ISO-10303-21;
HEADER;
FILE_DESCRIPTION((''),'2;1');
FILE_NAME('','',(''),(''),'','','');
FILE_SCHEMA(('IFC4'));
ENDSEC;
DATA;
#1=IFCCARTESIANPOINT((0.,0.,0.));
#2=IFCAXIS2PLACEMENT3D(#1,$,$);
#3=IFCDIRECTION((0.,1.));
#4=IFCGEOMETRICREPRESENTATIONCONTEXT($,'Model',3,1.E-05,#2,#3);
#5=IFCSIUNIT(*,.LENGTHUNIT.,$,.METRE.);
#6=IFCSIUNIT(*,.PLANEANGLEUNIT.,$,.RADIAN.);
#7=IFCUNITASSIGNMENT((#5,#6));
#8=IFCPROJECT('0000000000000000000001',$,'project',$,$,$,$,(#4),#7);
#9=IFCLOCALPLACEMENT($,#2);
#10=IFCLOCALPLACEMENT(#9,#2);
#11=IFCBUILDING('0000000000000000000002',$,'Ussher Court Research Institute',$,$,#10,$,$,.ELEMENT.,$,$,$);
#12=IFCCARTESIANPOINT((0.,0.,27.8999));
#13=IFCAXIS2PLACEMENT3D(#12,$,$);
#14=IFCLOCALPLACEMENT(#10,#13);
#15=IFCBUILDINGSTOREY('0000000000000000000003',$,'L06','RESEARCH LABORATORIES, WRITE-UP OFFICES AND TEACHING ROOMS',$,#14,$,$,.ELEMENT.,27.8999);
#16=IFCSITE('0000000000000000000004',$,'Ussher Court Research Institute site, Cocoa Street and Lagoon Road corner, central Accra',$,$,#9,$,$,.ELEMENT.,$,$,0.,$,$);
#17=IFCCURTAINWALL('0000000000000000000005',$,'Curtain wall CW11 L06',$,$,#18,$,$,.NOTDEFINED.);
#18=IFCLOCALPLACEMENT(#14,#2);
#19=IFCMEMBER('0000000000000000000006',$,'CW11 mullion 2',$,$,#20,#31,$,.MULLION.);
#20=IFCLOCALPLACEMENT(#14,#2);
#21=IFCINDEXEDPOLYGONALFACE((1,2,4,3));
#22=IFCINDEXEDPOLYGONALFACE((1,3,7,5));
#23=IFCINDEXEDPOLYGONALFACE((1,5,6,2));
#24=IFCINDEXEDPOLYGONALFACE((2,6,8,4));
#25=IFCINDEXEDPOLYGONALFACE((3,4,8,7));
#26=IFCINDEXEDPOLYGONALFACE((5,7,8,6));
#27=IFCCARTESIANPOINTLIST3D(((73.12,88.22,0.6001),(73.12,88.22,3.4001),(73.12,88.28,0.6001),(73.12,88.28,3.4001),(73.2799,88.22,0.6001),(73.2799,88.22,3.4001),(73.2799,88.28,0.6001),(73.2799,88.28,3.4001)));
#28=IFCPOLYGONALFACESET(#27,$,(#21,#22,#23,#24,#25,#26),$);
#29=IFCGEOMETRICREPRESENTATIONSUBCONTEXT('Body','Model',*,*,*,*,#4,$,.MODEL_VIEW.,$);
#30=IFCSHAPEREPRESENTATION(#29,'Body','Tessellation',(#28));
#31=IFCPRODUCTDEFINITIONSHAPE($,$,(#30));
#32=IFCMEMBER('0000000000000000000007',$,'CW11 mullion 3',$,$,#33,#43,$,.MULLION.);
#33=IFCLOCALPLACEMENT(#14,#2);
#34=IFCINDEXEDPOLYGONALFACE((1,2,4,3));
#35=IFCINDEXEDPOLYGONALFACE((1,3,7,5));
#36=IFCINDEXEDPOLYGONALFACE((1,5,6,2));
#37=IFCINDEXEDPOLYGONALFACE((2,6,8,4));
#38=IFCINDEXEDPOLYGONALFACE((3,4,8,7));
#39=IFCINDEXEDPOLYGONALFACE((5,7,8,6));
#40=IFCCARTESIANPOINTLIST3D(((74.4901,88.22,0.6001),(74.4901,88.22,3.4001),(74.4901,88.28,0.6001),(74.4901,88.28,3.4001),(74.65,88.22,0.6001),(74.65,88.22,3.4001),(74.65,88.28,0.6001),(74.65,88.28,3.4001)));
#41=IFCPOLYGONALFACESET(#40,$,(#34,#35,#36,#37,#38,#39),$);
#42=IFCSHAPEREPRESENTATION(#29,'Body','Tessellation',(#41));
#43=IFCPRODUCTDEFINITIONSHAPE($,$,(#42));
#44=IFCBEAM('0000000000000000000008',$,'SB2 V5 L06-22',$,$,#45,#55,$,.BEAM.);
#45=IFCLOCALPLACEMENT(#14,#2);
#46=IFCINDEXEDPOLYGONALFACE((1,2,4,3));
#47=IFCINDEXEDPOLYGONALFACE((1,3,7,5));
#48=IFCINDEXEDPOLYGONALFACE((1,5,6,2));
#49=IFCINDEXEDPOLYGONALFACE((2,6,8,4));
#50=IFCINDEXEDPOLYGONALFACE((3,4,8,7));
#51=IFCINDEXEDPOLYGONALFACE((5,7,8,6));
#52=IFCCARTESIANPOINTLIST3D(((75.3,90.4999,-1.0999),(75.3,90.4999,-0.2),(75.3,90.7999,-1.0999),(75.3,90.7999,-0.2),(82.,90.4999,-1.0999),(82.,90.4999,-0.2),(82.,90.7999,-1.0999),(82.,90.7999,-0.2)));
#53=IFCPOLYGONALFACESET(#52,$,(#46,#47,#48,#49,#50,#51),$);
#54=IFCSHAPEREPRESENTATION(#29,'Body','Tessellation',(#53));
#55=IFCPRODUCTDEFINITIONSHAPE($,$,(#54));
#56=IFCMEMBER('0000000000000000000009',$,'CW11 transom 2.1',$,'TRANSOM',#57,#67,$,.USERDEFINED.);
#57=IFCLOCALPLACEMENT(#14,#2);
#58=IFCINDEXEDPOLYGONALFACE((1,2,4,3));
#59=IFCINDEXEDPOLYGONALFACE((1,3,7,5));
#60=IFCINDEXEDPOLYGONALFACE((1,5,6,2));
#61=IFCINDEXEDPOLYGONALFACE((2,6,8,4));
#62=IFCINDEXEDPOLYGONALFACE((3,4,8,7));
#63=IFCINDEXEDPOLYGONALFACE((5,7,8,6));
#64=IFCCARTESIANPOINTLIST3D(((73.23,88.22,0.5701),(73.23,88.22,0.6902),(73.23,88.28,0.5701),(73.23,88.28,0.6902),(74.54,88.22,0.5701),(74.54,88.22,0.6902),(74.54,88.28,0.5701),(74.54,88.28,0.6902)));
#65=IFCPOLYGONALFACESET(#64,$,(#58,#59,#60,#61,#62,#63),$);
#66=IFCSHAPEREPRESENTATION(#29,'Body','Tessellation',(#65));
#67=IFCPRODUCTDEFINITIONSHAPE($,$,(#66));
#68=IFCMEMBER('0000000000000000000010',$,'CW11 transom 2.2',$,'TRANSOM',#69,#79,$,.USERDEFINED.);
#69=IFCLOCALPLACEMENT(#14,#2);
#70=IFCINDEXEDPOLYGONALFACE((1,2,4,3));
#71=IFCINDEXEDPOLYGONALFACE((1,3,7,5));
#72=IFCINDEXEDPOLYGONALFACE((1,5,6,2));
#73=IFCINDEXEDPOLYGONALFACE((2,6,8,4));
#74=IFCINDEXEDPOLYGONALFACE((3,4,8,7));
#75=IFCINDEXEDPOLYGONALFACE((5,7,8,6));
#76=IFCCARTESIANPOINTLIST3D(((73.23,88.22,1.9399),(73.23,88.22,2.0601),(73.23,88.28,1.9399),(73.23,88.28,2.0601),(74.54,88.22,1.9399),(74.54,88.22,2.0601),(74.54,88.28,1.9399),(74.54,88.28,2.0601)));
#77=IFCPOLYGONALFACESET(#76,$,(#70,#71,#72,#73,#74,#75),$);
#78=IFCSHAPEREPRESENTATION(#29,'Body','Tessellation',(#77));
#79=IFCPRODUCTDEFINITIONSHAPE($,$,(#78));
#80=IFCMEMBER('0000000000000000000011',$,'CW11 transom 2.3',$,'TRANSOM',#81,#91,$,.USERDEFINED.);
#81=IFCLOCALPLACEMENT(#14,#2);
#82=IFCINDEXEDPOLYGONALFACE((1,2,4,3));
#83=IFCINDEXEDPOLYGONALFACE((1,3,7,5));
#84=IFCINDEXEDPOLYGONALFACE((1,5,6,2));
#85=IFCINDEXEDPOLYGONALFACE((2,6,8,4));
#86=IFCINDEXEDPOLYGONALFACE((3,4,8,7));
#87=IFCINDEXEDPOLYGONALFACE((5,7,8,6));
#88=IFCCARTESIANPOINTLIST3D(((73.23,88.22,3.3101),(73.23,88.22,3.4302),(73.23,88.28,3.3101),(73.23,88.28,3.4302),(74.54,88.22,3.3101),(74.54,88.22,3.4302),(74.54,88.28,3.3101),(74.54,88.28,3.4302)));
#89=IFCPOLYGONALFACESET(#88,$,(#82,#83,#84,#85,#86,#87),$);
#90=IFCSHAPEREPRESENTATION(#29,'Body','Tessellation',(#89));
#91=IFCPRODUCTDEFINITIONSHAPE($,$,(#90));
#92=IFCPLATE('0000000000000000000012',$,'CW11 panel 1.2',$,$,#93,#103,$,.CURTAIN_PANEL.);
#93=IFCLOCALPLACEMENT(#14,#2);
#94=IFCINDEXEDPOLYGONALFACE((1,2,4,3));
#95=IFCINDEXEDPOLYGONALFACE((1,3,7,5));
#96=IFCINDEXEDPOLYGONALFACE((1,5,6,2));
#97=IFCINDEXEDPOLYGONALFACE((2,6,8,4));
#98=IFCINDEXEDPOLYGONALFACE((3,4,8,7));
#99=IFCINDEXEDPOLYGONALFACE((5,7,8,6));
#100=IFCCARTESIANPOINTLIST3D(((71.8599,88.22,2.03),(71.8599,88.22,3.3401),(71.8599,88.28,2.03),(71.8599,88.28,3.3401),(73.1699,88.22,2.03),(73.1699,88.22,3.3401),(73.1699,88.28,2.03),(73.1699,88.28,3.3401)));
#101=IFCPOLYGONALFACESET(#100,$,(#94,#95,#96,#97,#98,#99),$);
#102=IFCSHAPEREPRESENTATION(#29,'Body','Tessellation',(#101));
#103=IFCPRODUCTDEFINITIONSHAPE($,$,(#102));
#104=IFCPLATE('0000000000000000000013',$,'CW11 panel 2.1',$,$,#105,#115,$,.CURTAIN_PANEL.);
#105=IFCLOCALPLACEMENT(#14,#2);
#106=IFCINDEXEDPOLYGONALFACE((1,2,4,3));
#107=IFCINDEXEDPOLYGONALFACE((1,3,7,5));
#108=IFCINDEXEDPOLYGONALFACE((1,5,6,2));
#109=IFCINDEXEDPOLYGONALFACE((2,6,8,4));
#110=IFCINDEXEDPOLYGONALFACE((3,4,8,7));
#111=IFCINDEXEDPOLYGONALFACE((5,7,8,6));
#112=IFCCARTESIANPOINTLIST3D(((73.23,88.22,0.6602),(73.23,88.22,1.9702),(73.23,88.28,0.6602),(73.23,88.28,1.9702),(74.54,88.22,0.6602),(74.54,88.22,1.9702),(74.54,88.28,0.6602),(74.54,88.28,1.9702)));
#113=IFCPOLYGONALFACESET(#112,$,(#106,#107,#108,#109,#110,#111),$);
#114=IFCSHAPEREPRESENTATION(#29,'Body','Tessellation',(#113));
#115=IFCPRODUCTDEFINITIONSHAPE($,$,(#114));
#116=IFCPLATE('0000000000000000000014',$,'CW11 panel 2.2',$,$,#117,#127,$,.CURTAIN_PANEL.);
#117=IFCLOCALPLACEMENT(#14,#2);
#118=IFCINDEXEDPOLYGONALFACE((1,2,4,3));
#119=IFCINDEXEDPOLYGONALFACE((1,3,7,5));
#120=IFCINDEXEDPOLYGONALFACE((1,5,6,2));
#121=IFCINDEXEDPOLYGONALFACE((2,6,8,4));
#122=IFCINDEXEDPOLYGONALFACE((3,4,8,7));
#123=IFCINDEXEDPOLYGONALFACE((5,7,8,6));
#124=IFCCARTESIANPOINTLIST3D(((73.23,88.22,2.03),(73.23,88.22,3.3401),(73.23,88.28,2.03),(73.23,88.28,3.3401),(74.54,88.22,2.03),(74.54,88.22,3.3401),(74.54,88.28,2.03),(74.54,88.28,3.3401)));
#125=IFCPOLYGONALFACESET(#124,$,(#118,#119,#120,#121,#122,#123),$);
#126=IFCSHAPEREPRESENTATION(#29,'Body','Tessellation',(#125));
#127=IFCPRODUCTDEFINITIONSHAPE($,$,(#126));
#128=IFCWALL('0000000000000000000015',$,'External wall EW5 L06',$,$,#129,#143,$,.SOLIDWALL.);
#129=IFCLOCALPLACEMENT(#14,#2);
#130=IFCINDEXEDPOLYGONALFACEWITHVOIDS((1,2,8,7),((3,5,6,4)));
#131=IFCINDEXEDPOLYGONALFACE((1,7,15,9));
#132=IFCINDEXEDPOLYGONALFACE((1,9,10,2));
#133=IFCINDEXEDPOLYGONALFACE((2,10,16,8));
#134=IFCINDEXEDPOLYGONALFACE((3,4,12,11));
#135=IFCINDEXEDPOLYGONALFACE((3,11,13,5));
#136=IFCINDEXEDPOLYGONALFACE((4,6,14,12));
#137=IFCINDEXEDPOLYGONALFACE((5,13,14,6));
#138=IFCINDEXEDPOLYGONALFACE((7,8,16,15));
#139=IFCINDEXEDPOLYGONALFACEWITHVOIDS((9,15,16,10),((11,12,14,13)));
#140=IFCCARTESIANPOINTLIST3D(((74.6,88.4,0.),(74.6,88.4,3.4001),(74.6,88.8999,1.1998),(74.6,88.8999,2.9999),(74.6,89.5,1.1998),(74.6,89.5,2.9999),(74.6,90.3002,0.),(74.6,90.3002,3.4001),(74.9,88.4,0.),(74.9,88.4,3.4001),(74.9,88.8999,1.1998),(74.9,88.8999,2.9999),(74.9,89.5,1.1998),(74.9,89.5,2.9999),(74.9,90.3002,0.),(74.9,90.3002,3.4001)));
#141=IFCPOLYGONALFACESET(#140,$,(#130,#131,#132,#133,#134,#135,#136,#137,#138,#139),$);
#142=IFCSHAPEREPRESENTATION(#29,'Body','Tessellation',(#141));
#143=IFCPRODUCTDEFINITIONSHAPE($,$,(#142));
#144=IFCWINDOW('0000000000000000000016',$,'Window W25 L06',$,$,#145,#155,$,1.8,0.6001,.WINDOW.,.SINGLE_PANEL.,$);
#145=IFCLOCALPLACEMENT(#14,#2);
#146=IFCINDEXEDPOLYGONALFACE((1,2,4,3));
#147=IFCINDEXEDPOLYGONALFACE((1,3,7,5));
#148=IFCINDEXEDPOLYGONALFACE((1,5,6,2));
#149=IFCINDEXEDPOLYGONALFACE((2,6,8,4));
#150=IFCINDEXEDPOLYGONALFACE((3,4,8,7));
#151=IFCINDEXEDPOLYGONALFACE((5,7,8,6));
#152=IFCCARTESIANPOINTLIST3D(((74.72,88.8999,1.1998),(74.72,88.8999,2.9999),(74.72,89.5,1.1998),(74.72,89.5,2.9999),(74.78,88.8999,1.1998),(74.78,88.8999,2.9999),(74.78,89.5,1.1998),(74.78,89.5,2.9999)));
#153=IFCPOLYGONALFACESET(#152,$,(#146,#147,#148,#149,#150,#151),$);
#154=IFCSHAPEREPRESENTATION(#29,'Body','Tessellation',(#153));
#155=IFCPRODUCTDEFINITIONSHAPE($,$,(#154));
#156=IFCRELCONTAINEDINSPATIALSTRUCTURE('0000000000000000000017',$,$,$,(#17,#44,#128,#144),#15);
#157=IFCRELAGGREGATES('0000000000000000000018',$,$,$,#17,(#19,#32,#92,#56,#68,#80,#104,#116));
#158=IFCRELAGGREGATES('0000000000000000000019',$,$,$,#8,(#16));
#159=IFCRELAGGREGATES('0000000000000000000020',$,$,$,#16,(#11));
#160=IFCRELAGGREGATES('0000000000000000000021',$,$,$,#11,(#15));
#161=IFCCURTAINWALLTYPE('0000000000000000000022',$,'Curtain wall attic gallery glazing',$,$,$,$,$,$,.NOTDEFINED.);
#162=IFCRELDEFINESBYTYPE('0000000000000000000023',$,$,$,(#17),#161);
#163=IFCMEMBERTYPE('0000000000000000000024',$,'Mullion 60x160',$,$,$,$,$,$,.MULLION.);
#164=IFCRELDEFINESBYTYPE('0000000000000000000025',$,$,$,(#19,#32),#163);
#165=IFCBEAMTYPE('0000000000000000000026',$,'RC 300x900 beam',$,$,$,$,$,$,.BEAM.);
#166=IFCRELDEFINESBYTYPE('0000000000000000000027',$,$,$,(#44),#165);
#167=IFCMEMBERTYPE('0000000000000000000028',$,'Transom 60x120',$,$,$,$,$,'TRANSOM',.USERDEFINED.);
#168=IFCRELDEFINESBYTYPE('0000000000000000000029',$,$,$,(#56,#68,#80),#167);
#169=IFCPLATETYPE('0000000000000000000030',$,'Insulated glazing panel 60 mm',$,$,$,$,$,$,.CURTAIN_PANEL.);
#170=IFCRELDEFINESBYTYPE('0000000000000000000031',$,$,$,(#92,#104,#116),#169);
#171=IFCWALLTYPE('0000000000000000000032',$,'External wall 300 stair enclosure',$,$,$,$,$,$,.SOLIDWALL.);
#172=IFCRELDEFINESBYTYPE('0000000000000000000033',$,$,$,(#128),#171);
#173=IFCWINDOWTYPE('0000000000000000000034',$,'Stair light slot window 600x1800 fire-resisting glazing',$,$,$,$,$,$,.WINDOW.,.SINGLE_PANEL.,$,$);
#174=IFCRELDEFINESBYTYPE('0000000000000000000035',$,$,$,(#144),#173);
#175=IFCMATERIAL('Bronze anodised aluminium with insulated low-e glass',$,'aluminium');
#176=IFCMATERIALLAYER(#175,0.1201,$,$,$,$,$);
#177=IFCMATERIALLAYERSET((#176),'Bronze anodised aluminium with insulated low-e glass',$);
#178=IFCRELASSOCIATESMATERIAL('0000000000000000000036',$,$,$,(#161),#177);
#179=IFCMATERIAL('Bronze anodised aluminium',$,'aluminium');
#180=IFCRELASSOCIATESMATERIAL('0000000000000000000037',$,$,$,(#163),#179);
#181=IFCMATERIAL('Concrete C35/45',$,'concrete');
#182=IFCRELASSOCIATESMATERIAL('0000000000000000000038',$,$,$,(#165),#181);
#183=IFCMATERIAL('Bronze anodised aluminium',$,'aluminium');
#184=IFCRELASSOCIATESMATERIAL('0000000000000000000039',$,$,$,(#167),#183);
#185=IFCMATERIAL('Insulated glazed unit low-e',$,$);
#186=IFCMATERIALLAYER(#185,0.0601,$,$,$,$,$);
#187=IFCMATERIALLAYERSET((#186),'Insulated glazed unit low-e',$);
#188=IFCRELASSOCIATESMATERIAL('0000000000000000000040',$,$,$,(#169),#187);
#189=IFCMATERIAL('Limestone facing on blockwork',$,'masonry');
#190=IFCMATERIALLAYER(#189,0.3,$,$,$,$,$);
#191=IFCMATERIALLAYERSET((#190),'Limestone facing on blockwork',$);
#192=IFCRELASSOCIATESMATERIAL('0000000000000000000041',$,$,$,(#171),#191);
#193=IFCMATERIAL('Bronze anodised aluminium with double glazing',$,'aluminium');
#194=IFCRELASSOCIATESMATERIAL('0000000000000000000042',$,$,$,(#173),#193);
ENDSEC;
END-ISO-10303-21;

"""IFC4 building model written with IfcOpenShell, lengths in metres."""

from ifc_helpers import new_model, si_unit, direction, frame, frame_2d, origin, origin_2d, place, context, subcontext, project, spatial, rectangle, extrude, material, layer, layer_set, material_profile, profile_set, type_object, element, fill, aggregate, save


model = new_model("IFC4")

# Units and contexts
model_context = context("Model", 3, precision=1e-05, world=origin(), true_north=direction((0.0, 1.0)))
body_context = subcontext(model_context, "Body", "Model", "MODEL_VIEW")
ifc_project = project(units=[si_unit("LENGTHUNIT", "METRE"), si_unit("PLANEANGLEUNIT", "RADIAN")], contexts=[model_context])

# Site, building, storey
site_placement = place(None, origin())
site = spatial("IfcSite", under=ifc_project, at=site_placement, Name="Ussher Court Research Institute site, Cocoa Street and Lagoon Road corner, central Accra", CompositionType="ELEMENT", RefElevation=0.0)
building_placement = place(site_placement, origin())
building = spatial("IfcBuilding", under=site, at=building_placement, Name="Ussher Court Research Institute", CompositionType="ELEMENT")
storey_placement = place(building_placement, frame((0.0, 0.0, 27.8999)))
storey = spatial("IfcBuildingStorey", under=building, at=storey_placement, Name="L06", Description="RESEARCH LABORATORIES, WRITE-UP OFFICES AND TEACHING ROOMS", CompositionType="ELEMENT", Elevation=27.8999)

# Curtain wall, members
ifc_material_1 = material(Name="Bronze anodised aluminium with insulated low-e glass", Category="aluminium")
ifc_layer_1 = layer(ifc_material_1, 0.1201)
ifc_layer_set_1 = layer_set([ifc_layer_1], Name="Bronze anodised aluminium with insulated low-e glass")
curtain_wall_type = type_object("IfcCurtainWallType", Name="Curtain wall attic gallery glazing", PredefinedType="NOTDEFINED", material=ifc_layer_set_1)
curtain_wall_placement = place(storey_placement, origin())
curtain_wall = element("IfcCurtainWall", 1, at=curtain_wall_placement, inside=storey, type_object=curtain_wall_type, Name="Curtain wall CW11 L06", PredefinedType="NOTDEFINED")
ifc_material_2 = material(Name="Bronze anodised aluminium", Category="aluminium")
ifc_material_profile_1 = material_profile(ifc_material_2, rectangle(XDim=0.0601, YDim=0.1599, at=origin_2d()), Name="Mullion 60x160")
ifc_profile_set_1 = profile_set([ifc_material_profile_1], Name="Bronze anodised aluminium")
member_type_1 = type_object("IfcMemberType", Name="Mullion 60x160", PredefinedType="MULLION", material=ifc_profile_set_1)
member_1_placement = place(storey_placement, frame((73.2, 88.25, 0.6001), z_axis=(0.0, 0.0, 1.0), x_axis=(0.0, 1.0, 0.0)))
member_1 = element("IfcMember", 2, at=member_1_placement, type_object=member_type_1, Name="CW11 mullion 2", PredefinedType="MULLION", context=body_context, shape_type="SweptSolid", body=[
    extrude(rectangle(XDim=0.0601, YDim=0.1599, at=origin_2d()), origin(), (0.0, 0.0, 1.0), 2.8),
])
member_2_placement = place(storey_placement, frame((74.5701, 88.25, 0.6001), z_axis=(0.0, 0.0, 1.0), x_axis=(0.0, 1.0, 0.0)))
member_2 = element("IfcMember", 3, at=member_2_placement, type_object=member_type_1, Name="CW11 mullion 3", PredefinedType="MULLION", context=body_context, shape_type="SweptSolid", body=[
    extrude(rectangle(XDim=0.0601, YDim=0.1599, at=origin_2d()), origin(), (0.0, 0.0, 1.0), 2.8),
])

# Beam
ifc_material_3 = material(Name="Concrete C35/45", Category="concrete")
ifc_material_profile_2 = material_profile(ifc_material_3, rectangle(XDim=0.3, YDim=0.8999, at=origin_2d()), Name="RC 300x900")
ifc_profile_set_2 = profile_set([ifc_material_profile_2], Name="Concrete C35/45")
beam_type = type_object("IfcBeamType", Name="RC 300x900 beam", PredefinedType="BEAM", material=ifc_profile_set_2)
beam_placement = place(storey_placement, frame((75.3, 90.6499, -0.6499), z_axis=(1.0, 0.0, 0.0), x_axis=(0.0, 1.0, 0.0)))
element("IfcBeam", 4, at=beam_placement, inside=storey, type_object=beam_type, Name="SB2 V5 L06-22", PredefinedType="BEAM", context=body_context, shape_type="SweptSolid", body=[
    extrude(rectangle(XDim=0.3, YDim=0.8999, at=origin_2d()), origin(), (0.0, 0.0, 1.0), 6.7),
])

# Members
ifc_material_4 = material(Name="Bronze anodised aluminium", Category="aluminium")
ifc_material_profile_3 = material_profile(ifc_material_4, rectangle(XDim=0.0601, YDim=0.1201, at=origin_2d()), Name="Transom 60x120")
ifc_profile_set_3 = profile_set([ifc_material_profile_3], Name="Bronze anodised aluminium")
member_type_2 = type_object("IfcMemberType", Name="Transom 60x120", ElementType="TRANSOM", PredefinedType="USERDEFINED", material=ifc_profile_set_3)
member_3_placement = place(storey_placement, frame((73.23, 88.25, 0.6301), z_axis=(1.0, 0.0, 0.0), x_axis=(0.0, 1.0, 0.0)))
member_3 = element("IfcMember", 5, at=member_3_placement, type_object=member_type_2, Name="CW11 transom 2.1", ObjectType="TRANSOM", PredefinedType="USERDEFINED", context=body_context, shape_type="SweptSolid", body=[
    extrude(rectangle(XDim=0.0601, YDim=0.1201, at=origin_2d()), origin(), (0.0, 0.0, 1.0), 1.3101),
])
member_4_placement = place(storey_placement, frame((73.23, 88.25, 2.0), z_axis=(1.0, 0.0, 0.0), x_axis=(0.0, 1.0, 0.0)))
member_4 = element("IfcMember", 6, at=member_4_placement, type_object=member_type_2, Name="CW11 transom 2.2", ObjectType="TRANSOM", PredefinedType="USERDEFINED", context=body_context, shape_type="SweptSolid", body=[
    extrude(rectangle(XDim=0.0601, YDim=0.1201, at=origin_2d()), origin(), (0.0, 0.0, 1.0), 1.3101),
])
member_5_placement = place(storey_placement, frame((73.23, 88.25, 3.3701), z_axis=(1.0, 0.0, 0.0), x_axis=(0.0, 1.0, 0.0)))
member_5 = element("IfcMember", 7, at=member_5_placement, type_object=member_type_2, Name="CW11 transom 2.3", ObjectType="TRANSOM", PredefinedType="USERDEFINED", context=body_context, shape_type="SweptSolid", body=[
    extrude(rectangle(XDim=0.0601, YDim=0.1201, at=origin_2d()), origin(), (0.0, 0.0, 1.0), 1.3101),
])

# Plates
ifc_material_5 = material(Name="Insulated glazed unit low-e")
ifc_layer_2 = layer(ifc_material_5, 0.0601)
ifc_layer_set_2 = layer_set([ifc_layer_2], Name="Insulated glazed unit low-e")
plate_type = type_object("IfcPlateType", Name="Insulated glazing panel 60 mm", PredefinedType="CURTAIN_PANEL", material=ifc_layer_set_2)
plate_1_placement = place(storey_placement, frame((72.5149, 88.25, 2.03), z_axis=(0.0, 0.0, 1.0), x_axis=(1.0, 0.0, 0.0)))
plate_1 = element("IfcPlate", 8, at=plate_1_placement, type_object=plate_type, Name="CW11 panel 1.2", PredefinedType="CURTAIN_PANEL", context=body_context, shape_type="SweptSolid", body=[
    extrude(rectangle(XDim=1.3101, YDim=0.0601, at=origin_2d()), origin(), (0.0, 0.0, 1.0), 1.3101),
])
plate_2_placement = place(storey_placement, frame((73.885, 88.25, 0.6602), z_axis=(0.0, 0.0, 1.0), x_axis=(1.0, 0.0, 0.0)))
plate_2 = element("IfcPlate", 9, at=plate_2_placement, type_object=plate_type, Name="CW11 panel 2.1", PredefinedType="CURTAIN_PANEL", context=body_context, shape_type="SweptSolid", body=[
    extrude(rectangle(XDim=1.3101, YDim=0.0601, at=origin_2d()), origin(), (0.0, 0.0, 1.0), 1.3101),
])
plate_3_placement = place(storey_placement, frame((73.885, 88.25, 2.03), z_axis=(0.0, 0.0, 1.0), x_axis=(1.0, 0.0, 0.0)))
plate_3 = element("IfcPlate", 10, at=plate_3_placement, type_object=plate_type, Name="CW11 panel 2.2", PredefinedType="CURTAIN_PANEL", context=body_context, shape_type="SweptSolid", body=[
    extrude(rectangle(XDim=1.3101, YDim=0.0601, at=origin_2d()), origin(), (0.0, 0.0, 1.0), 1.3101),
])
aggregate(curtain_wall, [member_1, member_2, plate_1, member_3, member_4, member_5, plate_2, plate_3])

# Wall, opening, window
ifc_material_6 = material(Name="Limestone facing on blockwork", Category="masonry")
ifc_layer_3 = layer(ifc_material_6, 0.3)
ifc_layer_set_3 = layer_set([ifc_layer_3], Name="Limestone facing on blockwork")
wall_type_1 = type_object("IfcWallType", Name="External wall 300 stair enclosure", PredefinedType="SOLIDWALL", material=ifc_layer_set_3)
wall_1_placement = place(storey_placement, frame((74.75, 88.3999, 0.0), z_axis=(0.0, 0.0, 1.0), x_axis=(0.0, 1.0, 0.0)))
wall_1 = element("IfcWall", 11, at=wall_1_placement, inside=storey, type_object=wall_type_1, Name="External wall EW5 L06", PredefinedType="SOLIDWALL", context=body_context, shape_type="SweptSolid", body=[
    extrude(rectangle(XDim=1.9001, YDim=0.3, at=frame_2d((0.9502, 0.0))), origin(), (0.0, 0.0, 1.0), 3.4001),
])
opening_1_placement = place(wall_1_placement, frame((0.5, 0.0, 1.2)))
opening_1 = element("IfcOpeningElement", 12, at=opening_1_placement, cuts=wall_1, PredefinedType="OPENING", context=body_context, shape_type="SweptSolid", body=[
    extrude(rectangle(XDim=0.6001, YDim=1.8, at=frame_2d((0.3, 0.8999))), frame((0.0, 0.1602, 0.0), z_axis=(0.0, -1.0, 0.0), x_axis=(1.0, 0.0, 0.0)), (0.0, 0.0, 1.0), 0.3201),
])
ifc_material_7 = material(Name="Bronze anodised aluminium with double glazing", Category="aluminium")
window_type = type_object("IfcWindowType", Name="Stair light slot window 600x1800 fire-resisting glazing", PartitioningType="SINGLE_PANEL", PredefinedType="WINDOW", material=ifc_material_7)
window_1_placement = place(opening_1_placement, origin())
window_1 = element("IfcWindow", 13, at=window_1_placement, inside=storey, type_object=window_type, Name="Window W25 L06", OverallHeight=1.8, OverallWidth=0.6001, PartitioningType="SINGLE_PANEL", PredefinedType="WINDOW", context=body_context, shape_type="SweptSolid", body=[
    extrude(rectangle(XDim=0.6001, YDim=1.8, at=frame_2d((0.3, 0.8999))), frame((0.0, 0.03, 0.0), z_axis=(0.0, -1.0, 0.0), x_axis=(1.0, 0.0, 0.0)), (0.0, 0.0, 1.0), 0.0601),
])
fill(opening_1, window_1)

save(model, "model.ifc")
